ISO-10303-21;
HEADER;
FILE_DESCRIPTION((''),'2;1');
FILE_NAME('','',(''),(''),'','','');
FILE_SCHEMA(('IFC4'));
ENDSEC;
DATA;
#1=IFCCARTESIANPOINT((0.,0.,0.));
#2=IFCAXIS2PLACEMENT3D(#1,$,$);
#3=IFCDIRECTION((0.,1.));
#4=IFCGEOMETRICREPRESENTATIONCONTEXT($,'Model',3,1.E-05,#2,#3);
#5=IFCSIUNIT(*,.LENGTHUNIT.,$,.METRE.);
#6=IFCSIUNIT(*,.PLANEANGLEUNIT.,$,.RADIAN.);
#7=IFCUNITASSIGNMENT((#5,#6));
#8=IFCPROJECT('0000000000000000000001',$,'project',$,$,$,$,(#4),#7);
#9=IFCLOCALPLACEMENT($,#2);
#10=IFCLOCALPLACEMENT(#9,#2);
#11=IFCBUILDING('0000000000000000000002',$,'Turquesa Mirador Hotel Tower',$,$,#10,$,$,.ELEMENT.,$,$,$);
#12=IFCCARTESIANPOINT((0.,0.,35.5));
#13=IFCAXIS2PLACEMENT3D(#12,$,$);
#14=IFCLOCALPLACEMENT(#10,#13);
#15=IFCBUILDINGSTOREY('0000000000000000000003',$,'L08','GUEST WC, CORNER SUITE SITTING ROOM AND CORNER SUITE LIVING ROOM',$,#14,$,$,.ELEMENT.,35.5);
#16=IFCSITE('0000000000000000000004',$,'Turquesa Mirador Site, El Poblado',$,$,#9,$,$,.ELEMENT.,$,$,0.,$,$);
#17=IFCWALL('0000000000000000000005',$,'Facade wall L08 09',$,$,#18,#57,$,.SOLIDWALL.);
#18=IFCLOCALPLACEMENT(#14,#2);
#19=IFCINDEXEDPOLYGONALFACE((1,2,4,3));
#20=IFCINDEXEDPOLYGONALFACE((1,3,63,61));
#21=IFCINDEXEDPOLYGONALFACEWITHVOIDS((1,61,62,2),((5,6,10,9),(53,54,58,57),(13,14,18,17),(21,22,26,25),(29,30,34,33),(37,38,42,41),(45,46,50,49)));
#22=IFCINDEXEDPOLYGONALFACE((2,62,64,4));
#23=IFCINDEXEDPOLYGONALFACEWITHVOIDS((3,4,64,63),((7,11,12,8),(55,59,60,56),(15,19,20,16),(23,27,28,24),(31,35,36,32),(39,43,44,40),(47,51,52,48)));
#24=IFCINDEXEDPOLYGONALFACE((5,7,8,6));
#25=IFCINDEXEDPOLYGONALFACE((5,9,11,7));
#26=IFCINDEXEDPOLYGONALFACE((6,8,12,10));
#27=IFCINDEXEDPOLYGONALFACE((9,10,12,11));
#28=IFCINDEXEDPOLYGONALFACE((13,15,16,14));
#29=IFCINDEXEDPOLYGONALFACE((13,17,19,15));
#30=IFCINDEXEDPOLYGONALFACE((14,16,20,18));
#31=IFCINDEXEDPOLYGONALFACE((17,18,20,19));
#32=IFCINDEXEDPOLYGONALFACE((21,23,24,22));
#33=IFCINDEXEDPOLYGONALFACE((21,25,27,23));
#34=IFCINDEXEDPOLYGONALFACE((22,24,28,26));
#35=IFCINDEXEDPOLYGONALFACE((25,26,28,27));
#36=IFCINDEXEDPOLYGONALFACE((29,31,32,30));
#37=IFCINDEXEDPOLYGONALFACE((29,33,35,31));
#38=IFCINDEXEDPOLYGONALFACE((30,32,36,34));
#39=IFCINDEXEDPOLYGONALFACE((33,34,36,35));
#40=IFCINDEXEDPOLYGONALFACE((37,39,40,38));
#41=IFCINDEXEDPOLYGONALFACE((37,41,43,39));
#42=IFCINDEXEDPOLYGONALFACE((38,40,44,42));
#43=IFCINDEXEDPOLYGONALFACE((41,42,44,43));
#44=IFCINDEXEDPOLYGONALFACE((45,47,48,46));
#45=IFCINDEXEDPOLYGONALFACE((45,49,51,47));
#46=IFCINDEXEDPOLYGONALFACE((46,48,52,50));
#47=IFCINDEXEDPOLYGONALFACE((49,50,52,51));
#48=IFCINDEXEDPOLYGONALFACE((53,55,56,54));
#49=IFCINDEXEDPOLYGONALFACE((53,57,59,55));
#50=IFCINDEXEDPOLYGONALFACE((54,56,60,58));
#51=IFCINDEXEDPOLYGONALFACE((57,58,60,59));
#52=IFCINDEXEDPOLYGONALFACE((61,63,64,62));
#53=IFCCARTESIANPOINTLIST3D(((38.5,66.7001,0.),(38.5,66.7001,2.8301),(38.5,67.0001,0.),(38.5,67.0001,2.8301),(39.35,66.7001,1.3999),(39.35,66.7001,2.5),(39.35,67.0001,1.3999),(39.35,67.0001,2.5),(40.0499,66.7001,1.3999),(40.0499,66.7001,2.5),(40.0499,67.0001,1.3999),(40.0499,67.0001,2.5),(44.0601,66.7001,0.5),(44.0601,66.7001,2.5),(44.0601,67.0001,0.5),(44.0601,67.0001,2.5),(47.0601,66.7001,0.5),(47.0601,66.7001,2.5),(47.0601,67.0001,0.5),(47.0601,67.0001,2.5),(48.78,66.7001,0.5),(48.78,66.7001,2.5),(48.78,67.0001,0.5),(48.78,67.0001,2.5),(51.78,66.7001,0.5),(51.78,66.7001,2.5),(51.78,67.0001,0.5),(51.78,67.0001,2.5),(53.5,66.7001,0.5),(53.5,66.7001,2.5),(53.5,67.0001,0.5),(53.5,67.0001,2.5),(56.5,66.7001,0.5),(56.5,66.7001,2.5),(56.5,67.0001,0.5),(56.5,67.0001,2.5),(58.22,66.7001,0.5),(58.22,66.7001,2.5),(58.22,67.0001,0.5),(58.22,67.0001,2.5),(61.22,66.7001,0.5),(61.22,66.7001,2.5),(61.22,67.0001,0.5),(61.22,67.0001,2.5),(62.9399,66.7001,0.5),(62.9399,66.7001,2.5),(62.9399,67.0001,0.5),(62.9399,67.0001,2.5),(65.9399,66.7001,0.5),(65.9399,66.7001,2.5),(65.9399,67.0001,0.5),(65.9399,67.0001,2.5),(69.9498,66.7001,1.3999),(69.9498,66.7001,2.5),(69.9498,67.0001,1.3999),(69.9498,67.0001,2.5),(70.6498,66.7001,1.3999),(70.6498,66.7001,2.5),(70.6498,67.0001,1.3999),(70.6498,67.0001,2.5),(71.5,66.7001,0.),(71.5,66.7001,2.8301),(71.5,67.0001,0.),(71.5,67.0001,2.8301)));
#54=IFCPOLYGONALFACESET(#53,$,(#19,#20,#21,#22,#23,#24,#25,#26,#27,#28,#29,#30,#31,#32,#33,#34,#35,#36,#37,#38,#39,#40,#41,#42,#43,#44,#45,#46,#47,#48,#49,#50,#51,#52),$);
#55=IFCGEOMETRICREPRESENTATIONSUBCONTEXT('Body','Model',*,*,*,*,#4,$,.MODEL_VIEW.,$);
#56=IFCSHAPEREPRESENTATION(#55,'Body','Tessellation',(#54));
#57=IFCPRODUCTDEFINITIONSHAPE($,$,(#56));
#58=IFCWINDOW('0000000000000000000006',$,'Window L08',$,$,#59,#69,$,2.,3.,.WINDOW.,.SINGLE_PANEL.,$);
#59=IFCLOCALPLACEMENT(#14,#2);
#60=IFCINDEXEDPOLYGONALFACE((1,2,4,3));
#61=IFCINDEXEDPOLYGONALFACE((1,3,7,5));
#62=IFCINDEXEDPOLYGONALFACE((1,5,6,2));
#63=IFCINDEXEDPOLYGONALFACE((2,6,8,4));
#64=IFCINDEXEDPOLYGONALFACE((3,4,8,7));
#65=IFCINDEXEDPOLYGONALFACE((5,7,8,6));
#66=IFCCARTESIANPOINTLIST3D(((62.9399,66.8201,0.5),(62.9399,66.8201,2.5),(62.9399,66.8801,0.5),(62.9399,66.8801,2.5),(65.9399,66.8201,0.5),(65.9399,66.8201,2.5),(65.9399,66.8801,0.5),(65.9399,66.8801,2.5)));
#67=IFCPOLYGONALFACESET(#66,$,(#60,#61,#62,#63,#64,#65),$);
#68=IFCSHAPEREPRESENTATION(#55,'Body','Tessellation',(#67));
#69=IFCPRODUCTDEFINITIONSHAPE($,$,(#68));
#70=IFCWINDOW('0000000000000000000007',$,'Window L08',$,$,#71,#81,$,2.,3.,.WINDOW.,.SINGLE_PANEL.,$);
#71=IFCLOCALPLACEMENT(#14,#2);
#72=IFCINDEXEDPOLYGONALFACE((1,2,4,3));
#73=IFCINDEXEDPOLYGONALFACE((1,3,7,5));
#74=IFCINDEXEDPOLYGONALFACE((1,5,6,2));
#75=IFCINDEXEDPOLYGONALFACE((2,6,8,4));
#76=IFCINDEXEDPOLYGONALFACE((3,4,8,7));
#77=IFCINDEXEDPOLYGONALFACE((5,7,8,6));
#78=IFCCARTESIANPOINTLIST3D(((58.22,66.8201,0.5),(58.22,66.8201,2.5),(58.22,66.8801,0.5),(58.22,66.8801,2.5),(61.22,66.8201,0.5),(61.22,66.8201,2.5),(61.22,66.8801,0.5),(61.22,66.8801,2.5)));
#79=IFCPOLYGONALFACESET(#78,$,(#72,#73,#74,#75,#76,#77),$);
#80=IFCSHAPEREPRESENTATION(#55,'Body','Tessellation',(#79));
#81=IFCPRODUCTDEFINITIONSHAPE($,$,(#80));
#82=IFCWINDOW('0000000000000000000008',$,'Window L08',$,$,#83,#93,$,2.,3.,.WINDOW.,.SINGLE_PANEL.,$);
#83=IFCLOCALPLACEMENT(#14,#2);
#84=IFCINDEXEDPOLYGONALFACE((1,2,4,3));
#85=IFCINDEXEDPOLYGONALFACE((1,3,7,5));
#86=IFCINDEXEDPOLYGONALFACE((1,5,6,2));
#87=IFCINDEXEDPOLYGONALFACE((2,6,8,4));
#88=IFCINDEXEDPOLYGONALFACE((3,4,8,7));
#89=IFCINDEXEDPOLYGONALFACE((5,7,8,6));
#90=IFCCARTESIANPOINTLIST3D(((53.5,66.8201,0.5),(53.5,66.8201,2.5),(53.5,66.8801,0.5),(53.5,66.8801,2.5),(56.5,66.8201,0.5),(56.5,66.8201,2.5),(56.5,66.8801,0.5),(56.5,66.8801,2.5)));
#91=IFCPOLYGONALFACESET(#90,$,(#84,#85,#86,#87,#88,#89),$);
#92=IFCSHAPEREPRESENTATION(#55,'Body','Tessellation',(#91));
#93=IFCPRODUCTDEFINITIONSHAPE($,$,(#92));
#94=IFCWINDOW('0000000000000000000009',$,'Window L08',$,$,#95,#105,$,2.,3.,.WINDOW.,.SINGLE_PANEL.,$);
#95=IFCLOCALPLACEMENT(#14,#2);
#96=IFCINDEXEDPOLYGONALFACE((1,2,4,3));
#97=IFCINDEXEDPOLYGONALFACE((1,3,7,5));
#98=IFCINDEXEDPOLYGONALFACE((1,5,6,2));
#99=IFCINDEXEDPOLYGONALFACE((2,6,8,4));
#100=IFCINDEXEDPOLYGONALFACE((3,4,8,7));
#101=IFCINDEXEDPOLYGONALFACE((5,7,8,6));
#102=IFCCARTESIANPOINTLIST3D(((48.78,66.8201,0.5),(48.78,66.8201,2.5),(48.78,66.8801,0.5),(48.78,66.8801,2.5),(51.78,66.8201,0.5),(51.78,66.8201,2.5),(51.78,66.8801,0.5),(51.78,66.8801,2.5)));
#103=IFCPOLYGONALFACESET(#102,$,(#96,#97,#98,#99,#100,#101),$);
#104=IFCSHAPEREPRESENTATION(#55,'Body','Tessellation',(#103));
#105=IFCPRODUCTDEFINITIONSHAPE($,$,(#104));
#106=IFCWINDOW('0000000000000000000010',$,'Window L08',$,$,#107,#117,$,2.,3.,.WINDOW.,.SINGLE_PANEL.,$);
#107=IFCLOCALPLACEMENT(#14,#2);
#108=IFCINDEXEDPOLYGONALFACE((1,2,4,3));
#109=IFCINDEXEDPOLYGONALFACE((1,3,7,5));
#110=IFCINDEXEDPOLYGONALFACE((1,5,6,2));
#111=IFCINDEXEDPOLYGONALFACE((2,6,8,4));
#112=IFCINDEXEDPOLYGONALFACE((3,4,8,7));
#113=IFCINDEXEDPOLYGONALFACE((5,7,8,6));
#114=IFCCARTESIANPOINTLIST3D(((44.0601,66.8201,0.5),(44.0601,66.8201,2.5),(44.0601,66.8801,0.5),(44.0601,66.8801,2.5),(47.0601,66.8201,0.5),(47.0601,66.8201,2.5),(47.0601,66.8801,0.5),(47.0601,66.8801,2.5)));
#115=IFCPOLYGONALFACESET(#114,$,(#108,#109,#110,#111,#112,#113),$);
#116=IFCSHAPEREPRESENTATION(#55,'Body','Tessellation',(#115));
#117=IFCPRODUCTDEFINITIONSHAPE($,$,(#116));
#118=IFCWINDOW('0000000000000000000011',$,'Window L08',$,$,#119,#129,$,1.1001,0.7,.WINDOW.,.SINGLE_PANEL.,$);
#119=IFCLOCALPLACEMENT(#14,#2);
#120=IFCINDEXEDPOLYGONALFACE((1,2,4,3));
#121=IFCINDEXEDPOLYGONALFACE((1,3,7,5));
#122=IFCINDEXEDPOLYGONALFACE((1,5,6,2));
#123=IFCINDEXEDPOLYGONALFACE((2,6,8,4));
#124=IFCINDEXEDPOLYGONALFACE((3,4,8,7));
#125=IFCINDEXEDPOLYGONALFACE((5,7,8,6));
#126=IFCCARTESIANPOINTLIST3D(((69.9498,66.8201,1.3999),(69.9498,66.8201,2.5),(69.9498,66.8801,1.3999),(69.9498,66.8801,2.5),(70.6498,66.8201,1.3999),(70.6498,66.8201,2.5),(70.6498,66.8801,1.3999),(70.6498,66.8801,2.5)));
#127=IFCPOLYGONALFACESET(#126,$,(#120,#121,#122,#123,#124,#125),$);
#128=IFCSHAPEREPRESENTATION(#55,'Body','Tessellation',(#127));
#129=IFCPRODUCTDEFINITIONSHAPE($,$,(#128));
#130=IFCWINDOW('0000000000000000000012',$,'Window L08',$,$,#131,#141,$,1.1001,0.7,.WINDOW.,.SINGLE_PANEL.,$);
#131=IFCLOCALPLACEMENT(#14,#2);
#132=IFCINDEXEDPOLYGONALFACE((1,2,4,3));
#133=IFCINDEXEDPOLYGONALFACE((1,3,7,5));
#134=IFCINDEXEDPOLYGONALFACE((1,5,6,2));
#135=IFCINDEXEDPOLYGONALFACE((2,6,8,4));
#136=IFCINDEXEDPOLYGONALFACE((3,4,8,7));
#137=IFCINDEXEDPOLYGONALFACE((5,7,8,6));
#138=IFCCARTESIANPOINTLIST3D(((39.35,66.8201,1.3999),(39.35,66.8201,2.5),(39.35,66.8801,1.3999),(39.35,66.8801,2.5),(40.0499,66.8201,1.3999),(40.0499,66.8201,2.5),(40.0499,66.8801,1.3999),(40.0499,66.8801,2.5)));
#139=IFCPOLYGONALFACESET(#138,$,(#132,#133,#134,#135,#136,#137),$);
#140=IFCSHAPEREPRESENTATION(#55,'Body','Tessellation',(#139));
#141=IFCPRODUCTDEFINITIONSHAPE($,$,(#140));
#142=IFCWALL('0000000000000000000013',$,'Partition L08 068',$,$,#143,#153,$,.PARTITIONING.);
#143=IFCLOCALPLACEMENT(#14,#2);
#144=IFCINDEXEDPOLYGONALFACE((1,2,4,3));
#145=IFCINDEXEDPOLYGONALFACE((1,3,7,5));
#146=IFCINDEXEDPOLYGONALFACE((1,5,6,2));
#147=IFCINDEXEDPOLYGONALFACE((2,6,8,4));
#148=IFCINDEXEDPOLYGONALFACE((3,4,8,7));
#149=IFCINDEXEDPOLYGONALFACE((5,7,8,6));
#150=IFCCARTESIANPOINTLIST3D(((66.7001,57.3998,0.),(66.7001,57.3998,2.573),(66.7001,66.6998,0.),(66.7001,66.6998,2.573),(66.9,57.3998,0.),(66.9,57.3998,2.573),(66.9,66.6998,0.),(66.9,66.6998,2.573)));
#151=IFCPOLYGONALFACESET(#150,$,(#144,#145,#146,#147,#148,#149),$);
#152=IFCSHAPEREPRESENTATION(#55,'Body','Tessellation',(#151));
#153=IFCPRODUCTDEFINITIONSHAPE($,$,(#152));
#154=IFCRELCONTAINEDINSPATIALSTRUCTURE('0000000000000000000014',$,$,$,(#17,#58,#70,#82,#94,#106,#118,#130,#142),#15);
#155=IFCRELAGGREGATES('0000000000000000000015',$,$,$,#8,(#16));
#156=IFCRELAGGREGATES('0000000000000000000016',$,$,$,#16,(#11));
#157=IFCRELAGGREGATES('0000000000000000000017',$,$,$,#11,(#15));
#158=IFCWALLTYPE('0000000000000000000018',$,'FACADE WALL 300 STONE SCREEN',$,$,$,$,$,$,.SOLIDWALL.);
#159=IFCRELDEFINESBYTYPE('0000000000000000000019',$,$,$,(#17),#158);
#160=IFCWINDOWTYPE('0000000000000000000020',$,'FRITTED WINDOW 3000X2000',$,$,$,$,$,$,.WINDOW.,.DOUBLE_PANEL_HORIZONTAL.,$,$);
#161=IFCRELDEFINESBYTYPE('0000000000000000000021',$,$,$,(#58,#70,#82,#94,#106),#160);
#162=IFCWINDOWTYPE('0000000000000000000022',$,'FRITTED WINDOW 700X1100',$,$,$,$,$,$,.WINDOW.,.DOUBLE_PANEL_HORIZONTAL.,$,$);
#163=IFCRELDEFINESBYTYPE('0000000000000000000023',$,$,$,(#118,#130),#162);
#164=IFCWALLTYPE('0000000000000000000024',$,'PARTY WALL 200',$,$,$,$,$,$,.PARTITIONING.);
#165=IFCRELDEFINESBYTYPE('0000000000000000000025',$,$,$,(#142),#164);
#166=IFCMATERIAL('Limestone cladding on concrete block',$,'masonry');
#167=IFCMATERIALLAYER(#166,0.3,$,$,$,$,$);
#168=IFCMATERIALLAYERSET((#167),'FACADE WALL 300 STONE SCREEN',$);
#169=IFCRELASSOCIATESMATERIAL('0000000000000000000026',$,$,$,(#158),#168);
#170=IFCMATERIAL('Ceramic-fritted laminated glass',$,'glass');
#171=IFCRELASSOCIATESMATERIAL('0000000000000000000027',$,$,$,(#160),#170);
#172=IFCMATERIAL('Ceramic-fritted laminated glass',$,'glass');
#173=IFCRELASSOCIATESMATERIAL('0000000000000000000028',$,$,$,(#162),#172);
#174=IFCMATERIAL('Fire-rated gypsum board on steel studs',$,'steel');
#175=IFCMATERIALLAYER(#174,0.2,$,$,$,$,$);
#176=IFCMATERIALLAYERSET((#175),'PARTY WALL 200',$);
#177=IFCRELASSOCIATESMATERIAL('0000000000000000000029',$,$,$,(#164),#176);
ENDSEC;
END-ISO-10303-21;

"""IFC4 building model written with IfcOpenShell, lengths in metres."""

from ifc_helpers import new_model, si_unit, direction, frame, frame_2d, origin, place, context, subcontext, project, spatial, rectangle, extrude, material, layer, layer_set, type_object, element, fill, save


model = new_model("IFC4")

# Units and contexts
model_context = context("Model", 3, precision=1e-05, world=origin(), true_north=direction((0.0, 1.0)))
body_context = subcontext(model_context, "Body", "Model", "MODEL_VIEW")
ifc_project = project(units=[si_unit("LENGTHUNIT", "METRE"), si_unit("PLANEANGLEUNIT", "RADIAN")], contexts=[model_context])

# Site, building, storey
site_placement = place(None, origin())
site = spatial("IfcSite", under=ifc_project, at=site_placement, Name="Turquesa Mirador Site, El Poblado", CompositionType="ELEMENT", RefElevation=0.0)
building_placement = place(site_placement, origin())
building = spatial("IfcBuilding", under=site, at=building_placement, Name="Turquesa Mirador Hotel Tower", CompositionType="ELEMENT")
storey_placement = place(building_placement, frame((0.0, 0.0, 35.5)))
storey = spatial("IfcBuildingStorey", under=building, at=storey_placement, Name="L08", Description="GUEST WC, CORNER SUITE SITTING ROOM AND CORNER SUITE LIVING ROOM", CompositionType="ELEMENT", Elevation=35.5)

# Shared definitions
ifc_material_1 = material(Name="Limestone cladding on concrete block", Category="masonry")
ifc_layer_1 = layer(ifc_material_1, 0.3)
ifc_layer_set_1 = layer_set([ifc_layer_1], Name="FACADE WALL 300 STONE SCREEN")
wall_type_1 = type_object("IfcWallType", Name="FACADE WALL 300 STONE SCREEN", PredefinedType="SOLIDWALL", material=ifc_layer_set_1)

# Wall, openings, windows
wall_1_placement = place(storey_placement, frame((71.5, 66.8501, 0.0), z_axis=(0.0, 0.0, 1.0), x_axis=(-1.0, 0.0, 0.0)))
wall_1 = element("IfcWall", 1, at=wall_1_placement, inside=storey, type_object=wall_type_1, Name="Facade wall L08 09", PredefinedType="SOLIDWALL", context=body_context, shape_type="SweptSolid", body=[
    extrude(rectangle(XDim=33.0, YDim=0.3, at=frame_2d((16.5, 0.0))), origin(), (0.0, 0.0, 1.0), 2.8301),
])
opening_1_placement = place(wall_1_placement, frame((0.8501, 0.0, 1.3999)))
opening_1 = element("IfcOpeningElement", 2, at=opening_1_placement, cuts=wall_1, PredefinedType="OPENING", context=body_context, shape_type="SweptSolid", body=[
    extrude(rectangle(XDim=0.7, YDim=1.1001, at=frame_2d((0.3501, 0.55))), frame((0.0, 0.1599, 0.0), z_axis=(0.0, -1.0, 0.0), x_axis=(1.0, 0.0, 0.0)), (0.0, 0.0, 1.0), 0.3201),
])
opening_2_placement = place(wall_1_placement, frame((5.5601, 0.0, 0.5)))
opening_2 = element("IfcOpeningElement", 3, at=opening_2_placement, cuts=wall_1, PredefinedType="OPENING", context=body_context, shape_type="SweptSolid", body=[
    extrude(rectangle(XDim=3.0, YDim=2.0, at=frame_2d((1.5, 1.0))), frame((0.0, 0.1599, 0.0), z_axis=(0.0, -1.0, 0.0), x_axis=(1.0, 0.0, 0.0)), (0.0, 0.0, 1.0), 0.3201),
])
opening_3_placement = place(wall_1_placement, frame((10.28, 0.0, 0.5)))
opening_3 = element("IfcOpeningElement", 4, at=opening_3_placement, cuts=wall_1, PredefinedType="OPENING", context=body_context, shape_type="SweptSolid", body=[
    extrude(rectangle(XDim=3.0, YDim=2.0, at=frame_2d((1.5, 1.0))), frame((0.0, 0.1599, 0.0), z_axis=(0.0, -1.0, 0.0), x_axis=(1.0, 0.0, 0.0)), (0.0, 0.0, 1.0), 0.3201),
])
opening_4_placement = place(wall_1_placement, frame((15.0, 0.0, 0.5)))
opening_4 = element("IfcOpeningElement", 5, at=opening_4_placement, cuts=wall_1, PredefinedType="OPENING", context=body_context, shape_type="SweptSolid", body=[
    extrude(rectangle(XDim=3.0, YDim=2.0, at=frame_2d((1.5, 1.0))), frame((0.0, 0.1599, 0.0), z_axis=(0.0, -1.0, 0.0), x_axis=(1.0, 0.0, 0.0)), (0.0, 0.0, 1.0), 0.3201),
])
opening_5_placement = place(wall_1_placement, frame((19.72, 0.0, 0.5)))
opening_5 = element("IfcOpeningElement", 6, at=opening_5_placement, cuts=wall_1, PredefinedType="OPENING", context=body_context, shape_type="SweptSolid", body=[
    extrude(rectangle(XDim=3.0, YDim=2.0, at=frame_2d((1.5, 1.0))), frame((0.0, 0.1599, 0.0), z_axis=(0.0, -1.0, 0.0), x_axis=(1.0, 0.0, 0.0)), (0.0, 0.0, 1.0), 0.3201),
])
opening_6_placement = place(wall_1_placement, frame((24.4399, 0.0, 0.5)))
opening_6 = element("IfcOpeningElement", 7, at=opening_6_placement, cuts=wall_1, PredefinedType="OPENING", context=body_context, shape_type="SweptSolid", body=[
    extrude(rectangle(XDim=3.0, YDim=2.0, at=frame_2d((1.5, 1.0))), frame((0.0, 0.1599, 0.0), z_axis=(0.0, -1.0, 0.0), x_axis=(1.0, 0.0, 0.0)), (0.0, 0.0, 1.0), 0.3201),
])
opening_7_placement = place(wall_1_placement, frame((31.45, 0.0, 1.3999)))
opening_7 = element("IfcOpeningElement", 8, at=opening_7_placement, cuts=wall_1, PredefinedType="OPENING", context=body_context, shape_type="SweptSolid", body=[
    extrude(rectangle(XDim=0.7, YDim=1.1001, at=frame_2d((0.3501, 0.55))), frame((0.0, 0.1599, 0.0), z_axis=(0.0, -1.0, 0.0), x_axis=(1.0, 0.0, 0.0)), (0.0, 0.0, 1.0), 0.3201),
])
ifc_material_2 = material(Name="Ceramic-fritted laminated glass", Category="glass")
window_type_1 = type_object("IfcWindowType", Name="FRITTED WINDOW 3000X2000", PartitioningType="DOUBLE_PANEL_HORIZONTAL", PredefinedType="WINDOW", material=ifc_material_2)
window_1_placement = place(opening_2_placement, origin())
window_1 = element("IfcWindow", 9, at=window_1_placement, inside=storey, type_object=window_type_1, Name="Window L08", OverallHeight=2.0, OverallWidth=3.0, PartitioningType="SINGLE_PANEL", PredefinedType="WINDOW", context=body_context, shape_type="SweptSolid", body=[
    extrude(rectangle(XDim=3.0, YDim=2.0, at=frame_2d((1.5, 1.0))), frame((0.0, 0.03, 0.0), z_axis=(0.0, -1.0, 0.0), x_axis=(1.0, 0.0, 0.0)), (0.0, 0.0, 1.0), 0.0601),
])
fill(opening_2, window_1)
window_2_placement = place(opening_3_placement, origin())
window_2 = element("IfcWindow", 10, at=window_2_placement, inside=storey, type_object=window_type_1, Name="Window L08", OverallHeight=2.0, OverallWidth=3.0, PartitioningType="SINGLE_PANEL", PredefinedType="WINDOW", context=body_context, shape_type="SweptSolid", body=[
    extrude(rectangle(XDim=3.0, YDim=2.0, at=frame_2d((1.5, 1.0))), frame((0.0, 0.03, 0.0), z_axis=(0.0, -1.0, 0.0), x_axis=(1.0, 0.0, 0.0)), (0.0, 0.0, 1.0), 0.0601),
])
fill(opening_3, window_2)
window_3_placement = place(opening_4_placement, origin())
window_3 = element("IfcWindow", 11, at=window_3_placement, inside=storey, type_object=window_type_1, Name="Window L08", OverallHeight=2.0, OverallWidth=3.0, PartitioningType="SINGLE_PANEL", PredefinedType="WINDOW", context=body_context, shape_type="SweptSolid", body=[
    extrude(rectangle(XDim=3.0, YDim=2.0, at=frame_2d((1.5, 1.0))), frame((0.0, 0.03, 0.0), z_axis=(0.0, -1.0, 0.0), x_axis=(1.0, 0.0, 0.0)), (0.0, 0.0, 1.0), 0.0601),
])
fill(opening_4, window_3)
window_4_placement = place(opening_5_placement, origin())
window_4 = element("IfcWindow", 12, at=window_4_placement, inside=storey, type_object=window_type_1, Name="Window L08", OverallHeight=2.0, OverallWidth=3.0, PartitioningType="SINGLE_PANEL", PredefinedType="WINDOW", context=body_context, shape_type="SweptSolid", body=[
    extrude(rectangle(XDim=3.0, YDim=2.0, at=frame_2d((1.5, 1.0))), frame((0.0, 0.03, 0.0), z_axis=(0.0, -1.0, 0.0), x_axis=(1.0, 0.0, 0.0)), (0.0, 0.0, 1.0), 0.0601),
])
fill(opening_5, window_4)
window_5_placement = place(opening_6_placement, origin())
window_5 = element("IfcWindow", 13, at=window_5_placement, inside=storey, type_object=window_type_1, Name="Window L08", OverallHeight=2.0, OverallWidth=3.0, PartitioningType="SINGLE_PANEL", PredefinedType="WINDOW", context=body_context, shape_type="SweptSolid", body=[
    extrude(rectangle(XDim=3.0, YDim=2.0, at=frame_2d((1.5, 1.0))), frame((0.0, 0.03, 0.0), z_axis=(0.0, -1.0, 0.0), x_axis=(1.0, 0.0, 0.0)), (0.0, 0.0, 1.0), 0.0601),
])
fill(opening_6, window_5)
ifc_material_3 = material(Name="Ceramic-fritted laminated glass", Category="glass")
window_type_2 = type_object("IfcWindowType", Name="FRITTED WINDOW 700X1100", PartitioningType="DOUBLE_PANEL_HORIZONTAL", PredefinedType="WINDOW", material=ifc_material_3)
window_6_placement = place(opening_1_placement, origin())
window_6 = element("IfcWindow", 14, at=window_6_placement, inside=storey, type_object=window_type_2, Name="Window L08", OverallHeight=1.1001, OverallWidth=0.7, PartitioningType="SINGLE_PANEL", PredefinedType="WINDOW", context=body_context, shape_type="SweptSolid", body=[
    extrude(rectangle(XDim=0.7, YDim=1.1001, at=frame_2d((0.3501, 0.55))), frame((0.0, 0.03, 0.0), z_axis=(0.0, -1.0, 0.0), x_axis=(1.0, 0.0, 0.0)), (0.0, 0.0, 1.0), 0.0601),
])
fill(opening_1, window_6)
window_7_placement = place(opening_7_placement, origin())
window_7 = element("IfcWindow", 15, at=window_7_placement, inside=storey, type_object=window_type_2, Name="Window L08", OverallHeight=1.1001, OverallWidth=0.7, PartitioningType="SINGLE_PANEL", PredefinedType="WINDOW", context=body_context, shape_type="SweptSolid", body=[
    extrude(rectangle(XDim=0.7, YDim=1.1001, at=frame_2d((0.3501, 0.55))), frame((0.0, 0.03, 0.0), z_axis=(0.0, -1.0, 0.0), x_axis=(1.0, 0.0, 0.0)), (0.0, 0.0, 1.0), 0.0601),
])
fill(opening_7, window_7)

# Wall
ifc_material_4 = material(Name="Fire-rated gypsum board on steel studs", Category="steel")
ifc_layer_2 = layer(ifc_material_4, 0.2)
ifc_layer_set_2 = layer_set([ifc_layer_2], Name="PARTY WALL 200")
wall_type_2 = type_object("IfcWallType", Name="PARTY WALL 200", PredefinedType="PARTITIONING", material=ifc_layer_set_2)
wall_2_placement = place(storey_placement, frame((66.8, 57.3999, 0.0), z_axis=(0.0, 0.0, 1.0), x_axis=(0.0, 1.0, 0.0)))
element("IfcWall", 16, at=wall_2_placement, inside=storey, type_object=wall_type_2, Name="Partition L08 068", PredefinedType="PARTITIONING", context=body_context, shape_type="SweptSolid", body=[
    extrude(rectangle(XDim=9.3, YDim=0.2, at=frame_2d((4.6499, 0.0))), origin(), (0.0, 0.0, 1.0), 2.573),
])

save(model, "model.ifc")
